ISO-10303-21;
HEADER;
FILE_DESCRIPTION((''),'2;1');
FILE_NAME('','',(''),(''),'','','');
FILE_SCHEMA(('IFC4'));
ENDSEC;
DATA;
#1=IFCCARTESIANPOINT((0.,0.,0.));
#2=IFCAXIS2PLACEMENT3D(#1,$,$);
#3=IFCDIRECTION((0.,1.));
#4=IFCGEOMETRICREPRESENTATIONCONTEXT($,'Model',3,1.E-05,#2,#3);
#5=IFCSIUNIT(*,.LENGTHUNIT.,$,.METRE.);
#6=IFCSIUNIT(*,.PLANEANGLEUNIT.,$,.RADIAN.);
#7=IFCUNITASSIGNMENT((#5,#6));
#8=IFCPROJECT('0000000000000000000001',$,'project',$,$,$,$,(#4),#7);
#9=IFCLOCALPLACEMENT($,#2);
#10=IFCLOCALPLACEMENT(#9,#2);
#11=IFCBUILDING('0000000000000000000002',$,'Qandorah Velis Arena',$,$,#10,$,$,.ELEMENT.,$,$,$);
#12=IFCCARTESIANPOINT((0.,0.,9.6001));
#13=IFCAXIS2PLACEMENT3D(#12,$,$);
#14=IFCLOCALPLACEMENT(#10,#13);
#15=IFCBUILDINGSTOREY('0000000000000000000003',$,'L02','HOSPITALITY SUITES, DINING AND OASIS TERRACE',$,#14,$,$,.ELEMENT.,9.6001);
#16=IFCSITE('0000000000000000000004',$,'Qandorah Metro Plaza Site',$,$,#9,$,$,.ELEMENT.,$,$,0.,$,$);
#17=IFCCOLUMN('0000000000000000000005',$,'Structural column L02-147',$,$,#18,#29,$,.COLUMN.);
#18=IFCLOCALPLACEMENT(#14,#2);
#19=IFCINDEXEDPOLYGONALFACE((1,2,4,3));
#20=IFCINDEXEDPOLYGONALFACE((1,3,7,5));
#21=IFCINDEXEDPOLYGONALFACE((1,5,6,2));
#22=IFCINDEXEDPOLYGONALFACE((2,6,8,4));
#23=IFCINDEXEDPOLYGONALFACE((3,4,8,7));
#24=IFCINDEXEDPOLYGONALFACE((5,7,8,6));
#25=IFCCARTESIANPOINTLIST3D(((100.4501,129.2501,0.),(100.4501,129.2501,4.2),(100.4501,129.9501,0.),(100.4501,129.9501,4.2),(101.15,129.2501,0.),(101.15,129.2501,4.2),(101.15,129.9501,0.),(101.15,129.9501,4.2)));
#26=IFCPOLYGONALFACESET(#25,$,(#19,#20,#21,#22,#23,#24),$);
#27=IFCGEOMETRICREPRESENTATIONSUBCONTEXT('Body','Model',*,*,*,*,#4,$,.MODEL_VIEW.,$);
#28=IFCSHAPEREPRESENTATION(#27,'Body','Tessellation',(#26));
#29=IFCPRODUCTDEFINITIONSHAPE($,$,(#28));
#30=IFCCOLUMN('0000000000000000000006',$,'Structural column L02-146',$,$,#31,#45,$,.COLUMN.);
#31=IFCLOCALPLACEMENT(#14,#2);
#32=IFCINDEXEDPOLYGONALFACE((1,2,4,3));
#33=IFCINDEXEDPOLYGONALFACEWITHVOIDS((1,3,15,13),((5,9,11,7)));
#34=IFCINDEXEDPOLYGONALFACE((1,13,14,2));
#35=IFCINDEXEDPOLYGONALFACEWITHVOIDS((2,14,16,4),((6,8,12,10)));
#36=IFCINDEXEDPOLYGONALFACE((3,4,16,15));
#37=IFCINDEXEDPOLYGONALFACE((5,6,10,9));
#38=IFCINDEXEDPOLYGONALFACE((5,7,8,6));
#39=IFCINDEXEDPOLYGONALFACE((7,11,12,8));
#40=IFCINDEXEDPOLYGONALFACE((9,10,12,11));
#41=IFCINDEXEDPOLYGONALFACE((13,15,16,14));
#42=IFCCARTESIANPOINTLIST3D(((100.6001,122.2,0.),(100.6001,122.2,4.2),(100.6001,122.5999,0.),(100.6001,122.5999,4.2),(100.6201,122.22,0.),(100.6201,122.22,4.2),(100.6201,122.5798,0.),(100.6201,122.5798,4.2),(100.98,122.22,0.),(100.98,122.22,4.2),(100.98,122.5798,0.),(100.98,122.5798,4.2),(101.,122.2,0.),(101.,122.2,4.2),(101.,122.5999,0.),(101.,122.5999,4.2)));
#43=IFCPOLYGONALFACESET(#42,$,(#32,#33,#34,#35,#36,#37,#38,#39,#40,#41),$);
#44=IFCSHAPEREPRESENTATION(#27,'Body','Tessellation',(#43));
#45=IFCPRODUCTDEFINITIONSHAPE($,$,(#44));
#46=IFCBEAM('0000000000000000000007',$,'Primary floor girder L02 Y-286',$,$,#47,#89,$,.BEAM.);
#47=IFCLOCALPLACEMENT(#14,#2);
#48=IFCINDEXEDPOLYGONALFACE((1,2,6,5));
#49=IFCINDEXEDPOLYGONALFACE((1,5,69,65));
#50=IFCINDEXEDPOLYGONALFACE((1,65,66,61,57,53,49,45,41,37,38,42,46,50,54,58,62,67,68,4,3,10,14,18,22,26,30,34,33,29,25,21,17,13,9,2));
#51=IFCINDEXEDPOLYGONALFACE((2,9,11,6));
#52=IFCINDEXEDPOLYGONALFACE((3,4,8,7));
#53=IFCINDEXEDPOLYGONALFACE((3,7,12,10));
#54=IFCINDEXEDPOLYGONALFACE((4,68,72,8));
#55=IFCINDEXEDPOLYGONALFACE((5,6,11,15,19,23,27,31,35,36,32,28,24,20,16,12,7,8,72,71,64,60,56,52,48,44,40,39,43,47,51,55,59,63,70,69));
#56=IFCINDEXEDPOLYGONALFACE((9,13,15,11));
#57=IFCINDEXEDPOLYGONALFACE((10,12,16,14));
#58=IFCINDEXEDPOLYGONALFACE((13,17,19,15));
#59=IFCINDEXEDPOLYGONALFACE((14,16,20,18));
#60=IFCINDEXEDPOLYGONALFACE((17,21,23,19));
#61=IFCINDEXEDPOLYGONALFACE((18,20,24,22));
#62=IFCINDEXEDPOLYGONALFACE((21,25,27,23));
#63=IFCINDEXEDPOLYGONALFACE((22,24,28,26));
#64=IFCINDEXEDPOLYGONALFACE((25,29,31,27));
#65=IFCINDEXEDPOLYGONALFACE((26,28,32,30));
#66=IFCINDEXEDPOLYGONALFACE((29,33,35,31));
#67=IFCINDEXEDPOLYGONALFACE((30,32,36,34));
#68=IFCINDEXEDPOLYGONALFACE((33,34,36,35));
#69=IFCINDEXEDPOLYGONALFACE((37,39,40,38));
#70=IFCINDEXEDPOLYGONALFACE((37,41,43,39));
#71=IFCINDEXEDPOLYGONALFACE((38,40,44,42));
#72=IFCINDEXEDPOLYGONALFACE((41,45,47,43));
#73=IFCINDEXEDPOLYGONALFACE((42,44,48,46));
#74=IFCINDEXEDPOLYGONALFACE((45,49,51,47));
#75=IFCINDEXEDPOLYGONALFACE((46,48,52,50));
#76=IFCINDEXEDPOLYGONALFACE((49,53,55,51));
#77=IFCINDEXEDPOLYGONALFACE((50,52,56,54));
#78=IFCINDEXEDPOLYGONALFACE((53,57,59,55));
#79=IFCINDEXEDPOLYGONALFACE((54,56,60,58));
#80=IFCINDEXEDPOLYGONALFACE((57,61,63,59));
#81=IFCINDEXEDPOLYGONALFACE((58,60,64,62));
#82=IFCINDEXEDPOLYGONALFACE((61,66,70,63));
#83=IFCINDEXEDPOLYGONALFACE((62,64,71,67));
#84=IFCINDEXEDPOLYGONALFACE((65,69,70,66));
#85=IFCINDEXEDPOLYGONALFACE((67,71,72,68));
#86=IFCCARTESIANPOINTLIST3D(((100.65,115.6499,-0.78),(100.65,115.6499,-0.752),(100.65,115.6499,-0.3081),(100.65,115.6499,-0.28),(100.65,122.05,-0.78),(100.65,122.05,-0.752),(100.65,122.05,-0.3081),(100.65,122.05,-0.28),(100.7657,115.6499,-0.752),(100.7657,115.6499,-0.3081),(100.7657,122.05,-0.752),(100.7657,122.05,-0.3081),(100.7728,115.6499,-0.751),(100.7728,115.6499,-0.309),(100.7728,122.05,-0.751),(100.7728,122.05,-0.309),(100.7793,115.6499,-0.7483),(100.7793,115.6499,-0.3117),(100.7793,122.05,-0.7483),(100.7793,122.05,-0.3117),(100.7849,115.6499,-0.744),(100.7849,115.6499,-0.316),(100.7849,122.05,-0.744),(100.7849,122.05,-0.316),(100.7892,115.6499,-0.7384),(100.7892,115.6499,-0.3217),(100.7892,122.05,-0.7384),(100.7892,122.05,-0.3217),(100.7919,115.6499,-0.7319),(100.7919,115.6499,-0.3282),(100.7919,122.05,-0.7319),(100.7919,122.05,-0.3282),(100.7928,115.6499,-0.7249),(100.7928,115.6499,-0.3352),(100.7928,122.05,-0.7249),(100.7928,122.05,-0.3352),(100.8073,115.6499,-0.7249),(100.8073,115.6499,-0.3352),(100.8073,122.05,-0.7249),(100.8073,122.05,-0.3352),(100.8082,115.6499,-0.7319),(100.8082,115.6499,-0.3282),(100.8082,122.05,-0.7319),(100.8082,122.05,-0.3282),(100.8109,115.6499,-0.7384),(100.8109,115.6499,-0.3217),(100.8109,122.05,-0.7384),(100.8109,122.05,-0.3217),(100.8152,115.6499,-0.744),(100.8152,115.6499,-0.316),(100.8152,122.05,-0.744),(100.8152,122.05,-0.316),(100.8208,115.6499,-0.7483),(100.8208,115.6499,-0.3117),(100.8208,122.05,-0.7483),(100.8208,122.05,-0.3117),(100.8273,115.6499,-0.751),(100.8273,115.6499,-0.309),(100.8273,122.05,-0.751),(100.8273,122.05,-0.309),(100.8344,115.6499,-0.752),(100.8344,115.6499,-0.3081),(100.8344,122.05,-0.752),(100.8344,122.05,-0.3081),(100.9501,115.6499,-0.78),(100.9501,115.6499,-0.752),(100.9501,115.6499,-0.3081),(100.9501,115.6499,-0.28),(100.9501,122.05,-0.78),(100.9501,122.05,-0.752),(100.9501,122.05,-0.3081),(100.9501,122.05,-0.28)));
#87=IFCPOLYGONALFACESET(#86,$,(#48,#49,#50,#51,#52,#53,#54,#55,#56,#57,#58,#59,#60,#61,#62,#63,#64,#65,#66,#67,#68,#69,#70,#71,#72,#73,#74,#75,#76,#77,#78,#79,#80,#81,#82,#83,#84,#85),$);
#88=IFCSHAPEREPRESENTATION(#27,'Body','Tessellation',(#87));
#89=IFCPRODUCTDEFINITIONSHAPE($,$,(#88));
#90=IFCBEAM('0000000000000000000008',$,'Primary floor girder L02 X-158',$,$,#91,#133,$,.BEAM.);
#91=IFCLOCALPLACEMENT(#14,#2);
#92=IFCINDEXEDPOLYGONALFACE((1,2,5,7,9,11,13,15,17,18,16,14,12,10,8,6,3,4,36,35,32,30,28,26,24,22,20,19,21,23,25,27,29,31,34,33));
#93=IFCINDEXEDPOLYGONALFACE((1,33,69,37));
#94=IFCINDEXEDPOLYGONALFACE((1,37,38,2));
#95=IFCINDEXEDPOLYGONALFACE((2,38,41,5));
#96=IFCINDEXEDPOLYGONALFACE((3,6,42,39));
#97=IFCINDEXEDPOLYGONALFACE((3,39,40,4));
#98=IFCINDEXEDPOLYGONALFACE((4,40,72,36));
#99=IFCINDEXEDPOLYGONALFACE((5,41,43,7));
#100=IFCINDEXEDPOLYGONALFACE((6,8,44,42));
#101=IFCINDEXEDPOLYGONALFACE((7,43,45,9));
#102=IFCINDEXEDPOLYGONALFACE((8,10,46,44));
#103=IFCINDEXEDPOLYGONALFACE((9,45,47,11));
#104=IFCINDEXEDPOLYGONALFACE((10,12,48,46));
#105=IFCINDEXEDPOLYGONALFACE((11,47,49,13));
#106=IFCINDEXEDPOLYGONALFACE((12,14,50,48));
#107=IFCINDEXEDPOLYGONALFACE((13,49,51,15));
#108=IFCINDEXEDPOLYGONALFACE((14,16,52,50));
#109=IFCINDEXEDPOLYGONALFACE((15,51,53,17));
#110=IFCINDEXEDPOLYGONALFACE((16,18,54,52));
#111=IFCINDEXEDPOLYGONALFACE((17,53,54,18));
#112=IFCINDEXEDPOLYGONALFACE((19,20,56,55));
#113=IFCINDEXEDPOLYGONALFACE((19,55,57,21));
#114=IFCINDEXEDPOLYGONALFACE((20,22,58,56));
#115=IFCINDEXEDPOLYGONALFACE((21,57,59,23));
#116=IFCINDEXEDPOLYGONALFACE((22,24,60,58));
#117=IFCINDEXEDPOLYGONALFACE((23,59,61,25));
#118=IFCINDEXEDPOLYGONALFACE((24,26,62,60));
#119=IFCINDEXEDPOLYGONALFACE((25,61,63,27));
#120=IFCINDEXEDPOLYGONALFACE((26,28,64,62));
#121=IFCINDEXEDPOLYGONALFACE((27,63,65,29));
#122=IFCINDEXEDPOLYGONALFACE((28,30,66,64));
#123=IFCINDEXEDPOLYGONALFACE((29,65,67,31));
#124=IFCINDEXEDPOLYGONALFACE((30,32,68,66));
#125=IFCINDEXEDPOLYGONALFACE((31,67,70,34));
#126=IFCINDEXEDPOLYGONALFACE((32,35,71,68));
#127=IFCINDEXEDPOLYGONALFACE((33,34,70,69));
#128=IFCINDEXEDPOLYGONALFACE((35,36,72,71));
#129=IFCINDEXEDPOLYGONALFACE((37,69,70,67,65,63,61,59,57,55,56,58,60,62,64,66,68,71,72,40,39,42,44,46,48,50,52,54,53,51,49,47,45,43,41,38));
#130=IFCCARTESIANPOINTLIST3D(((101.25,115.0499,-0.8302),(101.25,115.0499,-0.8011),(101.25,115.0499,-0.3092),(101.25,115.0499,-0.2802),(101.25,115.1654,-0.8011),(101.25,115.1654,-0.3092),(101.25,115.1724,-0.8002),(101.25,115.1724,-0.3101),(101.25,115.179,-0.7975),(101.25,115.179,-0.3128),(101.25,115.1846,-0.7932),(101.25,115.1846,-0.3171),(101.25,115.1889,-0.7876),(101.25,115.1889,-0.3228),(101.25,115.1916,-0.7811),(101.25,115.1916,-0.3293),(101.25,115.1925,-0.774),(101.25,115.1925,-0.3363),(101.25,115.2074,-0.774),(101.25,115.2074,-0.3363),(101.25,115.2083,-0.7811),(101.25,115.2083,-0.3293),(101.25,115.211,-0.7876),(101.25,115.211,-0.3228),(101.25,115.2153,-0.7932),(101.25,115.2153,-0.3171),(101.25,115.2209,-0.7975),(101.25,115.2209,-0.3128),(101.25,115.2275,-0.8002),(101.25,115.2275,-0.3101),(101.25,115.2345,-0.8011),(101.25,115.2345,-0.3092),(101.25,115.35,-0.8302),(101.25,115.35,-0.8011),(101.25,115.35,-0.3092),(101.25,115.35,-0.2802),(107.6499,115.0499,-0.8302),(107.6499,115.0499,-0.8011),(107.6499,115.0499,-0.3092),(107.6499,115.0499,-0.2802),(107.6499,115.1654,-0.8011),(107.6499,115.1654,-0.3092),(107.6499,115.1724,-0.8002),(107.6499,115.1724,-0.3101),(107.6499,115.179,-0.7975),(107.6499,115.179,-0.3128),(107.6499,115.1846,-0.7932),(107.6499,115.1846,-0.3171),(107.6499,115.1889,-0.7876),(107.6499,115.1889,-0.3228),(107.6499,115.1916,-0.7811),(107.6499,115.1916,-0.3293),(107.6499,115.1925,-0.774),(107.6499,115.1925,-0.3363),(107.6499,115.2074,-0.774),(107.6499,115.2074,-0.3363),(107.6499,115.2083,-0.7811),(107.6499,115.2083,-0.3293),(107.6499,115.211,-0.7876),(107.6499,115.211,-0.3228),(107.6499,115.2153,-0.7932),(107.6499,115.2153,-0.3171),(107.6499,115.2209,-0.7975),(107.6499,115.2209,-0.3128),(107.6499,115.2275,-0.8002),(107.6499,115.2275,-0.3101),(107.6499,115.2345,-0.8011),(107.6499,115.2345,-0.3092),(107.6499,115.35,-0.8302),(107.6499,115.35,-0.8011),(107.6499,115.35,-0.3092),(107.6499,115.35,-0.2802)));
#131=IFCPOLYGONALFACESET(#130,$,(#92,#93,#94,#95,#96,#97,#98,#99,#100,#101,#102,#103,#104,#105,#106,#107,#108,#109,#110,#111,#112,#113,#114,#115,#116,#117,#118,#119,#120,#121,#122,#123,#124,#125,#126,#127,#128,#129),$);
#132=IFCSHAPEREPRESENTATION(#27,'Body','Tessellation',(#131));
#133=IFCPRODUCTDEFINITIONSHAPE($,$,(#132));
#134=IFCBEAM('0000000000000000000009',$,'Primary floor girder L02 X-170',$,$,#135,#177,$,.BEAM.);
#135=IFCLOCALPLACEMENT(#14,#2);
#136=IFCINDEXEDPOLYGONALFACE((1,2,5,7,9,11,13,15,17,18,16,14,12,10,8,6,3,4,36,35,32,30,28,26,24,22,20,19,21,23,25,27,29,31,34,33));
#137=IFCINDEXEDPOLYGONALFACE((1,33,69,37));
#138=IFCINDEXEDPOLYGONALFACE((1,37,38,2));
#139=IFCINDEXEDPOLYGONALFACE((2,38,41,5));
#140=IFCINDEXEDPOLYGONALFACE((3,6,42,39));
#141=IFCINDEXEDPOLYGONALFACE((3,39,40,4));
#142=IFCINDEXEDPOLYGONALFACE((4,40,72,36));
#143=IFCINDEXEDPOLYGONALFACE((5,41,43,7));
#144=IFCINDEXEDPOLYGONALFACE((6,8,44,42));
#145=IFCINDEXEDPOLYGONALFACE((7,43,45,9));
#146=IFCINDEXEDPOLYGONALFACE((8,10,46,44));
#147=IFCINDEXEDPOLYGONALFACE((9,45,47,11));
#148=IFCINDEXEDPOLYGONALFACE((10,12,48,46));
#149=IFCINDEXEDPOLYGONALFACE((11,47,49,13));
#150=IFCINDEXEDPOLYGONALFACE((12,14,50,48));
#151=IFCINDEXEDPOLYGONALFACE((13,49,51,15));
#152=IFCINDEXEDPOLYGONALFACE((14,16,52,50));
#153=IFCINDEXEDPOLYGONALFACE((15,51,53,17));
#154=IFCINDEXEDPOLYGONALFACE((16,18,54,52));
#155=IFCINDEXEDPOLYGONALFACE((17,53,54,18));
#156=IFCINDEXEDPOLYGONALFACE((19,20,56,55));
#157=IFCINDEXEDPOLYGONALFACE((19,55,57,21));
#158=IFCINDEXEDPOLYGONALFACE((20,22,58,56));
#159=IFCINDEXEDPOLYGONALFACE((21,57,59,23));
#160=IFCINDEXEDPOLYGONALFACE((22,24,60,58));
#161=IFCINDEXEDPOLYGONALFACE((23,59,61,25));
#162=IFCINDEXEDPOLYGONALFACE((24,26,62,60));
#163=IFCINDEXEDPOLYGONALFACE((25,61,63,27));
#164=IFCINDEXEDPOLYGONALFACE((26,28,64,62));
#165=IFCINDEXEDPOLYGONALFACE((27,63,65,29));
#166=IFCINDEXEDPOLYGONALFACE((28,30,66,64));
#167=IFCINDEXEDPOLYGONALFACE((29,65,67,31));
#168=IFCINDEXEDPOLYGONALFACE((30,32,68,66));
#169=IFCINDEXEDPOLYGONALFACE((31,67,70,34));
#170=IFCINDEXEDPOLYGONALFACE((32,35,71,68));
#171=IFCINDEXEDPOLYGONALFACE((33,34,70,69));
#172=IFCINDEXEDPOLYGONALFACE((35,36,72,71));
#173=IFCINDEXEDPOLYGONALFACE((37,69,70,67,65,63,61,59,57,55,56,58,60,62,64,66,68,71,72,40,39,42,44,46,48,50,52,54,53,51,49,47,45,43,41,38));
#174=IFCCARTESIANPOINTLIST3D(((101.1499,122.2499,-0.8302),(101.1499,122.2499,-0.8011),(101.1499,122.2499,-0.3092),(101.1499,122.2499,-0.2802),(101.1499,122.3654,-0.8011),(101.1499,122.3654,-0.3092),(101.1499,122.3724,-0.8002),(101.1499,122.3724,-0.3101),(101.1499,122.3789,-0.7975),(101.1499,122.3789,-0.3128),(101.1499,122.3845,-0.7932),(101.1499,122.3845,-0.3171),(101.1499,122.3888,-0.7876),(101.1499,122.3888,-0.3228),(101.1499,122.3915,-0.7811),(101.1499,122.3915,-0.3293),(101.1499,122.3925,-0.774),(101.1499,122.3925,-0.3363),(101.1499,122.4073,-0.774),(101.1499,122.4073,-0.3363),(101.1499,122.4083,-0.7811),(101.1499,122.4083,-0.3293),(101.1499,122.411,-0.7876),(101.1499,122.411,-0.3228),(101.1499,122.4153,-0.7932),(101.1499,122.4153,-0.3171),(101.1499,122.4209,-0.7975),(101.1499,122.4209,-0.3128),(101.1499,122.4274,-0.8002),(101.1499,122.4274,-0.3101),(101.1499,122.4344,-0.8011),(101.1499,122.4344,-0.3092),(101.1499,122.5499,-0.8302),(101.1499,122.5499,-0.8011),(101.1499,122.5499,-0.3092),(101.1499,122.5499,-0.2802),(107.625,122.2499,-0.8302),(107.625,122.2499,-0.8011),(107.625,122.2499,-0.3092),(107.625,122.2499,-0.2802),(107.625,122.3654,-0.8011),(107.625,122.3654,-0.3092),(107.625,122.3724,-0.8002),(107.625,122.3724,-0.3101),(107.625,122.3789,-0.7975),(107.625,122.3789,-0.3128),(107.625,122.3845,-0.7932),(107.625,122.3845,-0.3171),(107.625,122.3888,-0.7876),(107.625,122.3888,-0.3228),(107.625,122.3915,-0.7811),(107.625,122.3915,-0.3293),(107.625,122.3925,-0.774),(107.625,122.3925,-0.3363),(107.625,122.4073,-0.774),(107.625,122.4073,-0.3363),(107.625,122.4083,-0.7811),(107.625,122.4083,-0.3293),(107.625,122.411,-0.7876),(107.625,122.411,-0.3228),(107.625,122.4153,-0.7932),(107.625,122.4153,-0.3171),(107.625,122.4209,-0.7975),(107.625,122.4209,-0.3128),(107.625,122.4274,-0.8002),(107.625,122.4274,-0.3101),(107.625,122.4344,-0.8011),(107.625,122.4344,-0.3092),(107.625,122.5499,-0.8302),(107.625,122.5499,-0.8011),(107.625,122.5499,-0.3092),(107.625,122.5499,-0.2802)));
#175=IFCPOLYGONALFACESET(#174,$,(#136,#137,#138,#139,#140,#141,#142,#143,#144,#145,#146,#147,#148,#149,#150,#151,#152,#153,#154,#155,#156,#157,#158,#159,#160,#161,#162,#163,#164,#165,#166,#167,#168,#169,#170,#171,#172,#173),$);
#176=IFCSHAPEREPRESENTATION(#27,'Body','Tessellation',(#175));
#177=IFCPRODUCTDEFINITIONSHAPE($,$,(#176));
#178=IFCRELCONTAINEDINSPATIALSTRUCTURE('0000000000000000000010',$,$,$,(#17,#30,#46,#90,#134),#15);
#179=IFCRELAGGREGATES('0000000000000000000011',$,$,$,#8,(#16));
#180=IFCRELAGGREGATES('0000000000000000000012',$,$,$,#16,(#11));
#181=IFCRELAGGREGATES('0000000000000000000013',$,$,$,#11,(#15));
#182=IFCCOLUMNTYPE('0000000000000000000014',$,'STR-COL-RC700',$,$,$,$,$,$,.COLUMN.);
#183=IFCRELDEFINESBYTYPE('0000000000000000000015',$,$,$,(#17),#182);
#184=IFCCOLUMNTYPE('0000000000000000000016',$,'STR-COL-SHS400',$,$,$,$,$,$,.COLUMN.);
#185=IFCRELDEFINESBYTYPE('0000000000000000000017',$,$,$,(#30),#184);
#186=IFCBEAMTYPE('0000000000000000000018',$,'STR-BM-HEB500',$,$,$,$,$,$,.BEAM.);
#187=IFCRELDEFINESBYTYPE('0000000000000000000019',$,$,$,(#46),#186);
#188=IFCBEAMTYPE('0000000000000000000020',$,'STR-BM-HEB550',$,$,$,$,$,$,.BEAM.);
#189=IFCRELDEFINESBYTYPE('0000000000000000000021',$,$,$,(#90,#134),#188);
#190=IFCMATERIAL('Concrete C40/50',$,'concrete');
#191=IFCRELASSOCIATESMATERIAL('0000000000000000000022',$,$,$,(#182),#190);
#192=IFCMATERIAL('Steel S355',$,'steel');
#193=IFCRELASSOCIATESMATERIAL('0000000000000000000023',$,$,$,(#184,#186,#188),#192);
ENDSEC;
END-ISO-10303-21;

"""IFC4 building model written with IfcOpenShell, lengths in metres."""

from ifc_helpers import new_model, si_unit, direction, frame, origin, origin_2d, place, context, subcontext, project, spatial, rectangle, hollow_rectangle, i_section, extrude, material, material_profile, profile_set, type_object, element, save


model = new_model("IFC4")

# Units and contexts
model_context = context("Model", 3, precision=1e-05, world=origin(), true_north=direction((0.0, 1.0)))
body_context = subcontext(model_context, "Body", "Model", "MODEL_VIEW")
ifc_project = project(units=[si_unit("LENGTHUNIT", "METRE"), si_unit("PLANEANGLEUNIT", "RADIAN")], contexts=[model_context])

# Site, building, storey
site_placement = place(None, origin())
site = spatial("IfcSite", under=ifc_project, at=site_placement, Name="Qandorah Metro Plaza Site", CompositionType="ELEMENT", RefElevation=0.0)
building_placement = place(site_placement, origin())
building = spatial("IfcBuilding", under=site, at=building_placement, Name="Qandorah Velis Arena", CompositionType="ELEMENT")
storey_placement = place(building_placement, frame((0.0, 0.0, 9.6001)))
storey = spatial("IfcBuildingStorey", under=building, at=storey_placement, Name="L02", Description="HOSPITALITY SUITES, DINING AND OASIS TERRACE", CompositionType="ELEMENT", Elevation=9.6001)

# Columns
ifc_material_1 = material(Name="Concrete C40/50", Category="concrete")
ifc_material_profile_1 = material_profile(ifc_material_1, rectangle(XDim=0.7, YDim=0.7, at=origin_2d()), Name="RC COL 700x700")
ifc_profile_set_1 = profile_set([ifc_material_profile_1], Name="Concrete C40/50")
column_type_1 = type_object("IfcColumnType", Name="STR-COL-RC700", PredefinedType="COLUMN", material=ifc_profile_set_1)
column_1_placement = place(storey_placement, frame((100.8, 129.6001, 0.0), z_axis=(0.0, 0.0, 1.0), x_axis=(1.0, 0.0, 0.0)))
element("IfcColumn", 1, at=column_1_placement, inside=storey, type_object=column_type_1, Name="Structural column L02-147", PredefinedType="COLUMN", context=body_context, shape_type="SweptSolid", body=[
    extrude(rectangle(XDim=0.7, YDim=0.7, at=origin_2d()), origin(), (0.0, 0.0, 1.0), 4.2),
])
ifc_material_2 = material(Name="Steel S355", Category="steel")
ifc_material_profile_2 = material_profile(ifc_material_2, hollow_rectangle(XDim=0.3999, YDim=0.3999, WallThickness=0.02, at=origin_2d()), Name="SHS 400x400x20")
ifc_profile_set_2 = profile_set([ifc_material_profile_2], Name="Steel S355")
column_type_2 = type_object("IfcColumnType", Name="STR-COL-SHS400", PredefinedType="COLUMN", material=ifc_profile_set_2)
column_2_placement = place(storey_placement, frame((100.8, 122.3999, 0.0), z_axis=(0.0, 0.0, 1.0), x_axis=(1.0, 0.0, 0.0)))
element("IfcColumn", 2, at=column_2_placement, inside=storey, type_object=column_type_2, Name="Structural column L02-146", PredefinedType="COLUMN", context=body_context, shape_type="SweptSolid", body=[
    extrude(hollow_rectangle(XDim=0.3999, YDim=0.3999, WallThickness=0.02, at=origin_2d()), origin(), (0.0, 0.0, 1.0), 4.2),
])

# Beams
ifc_material_profile_3 = material_profile(ifc_material_2, i_section(OverallWidth=0.3, OverallDepth=0.5, WebThickness=0.0144, FlangeThickness=0.0281, FilletRadius=0.0271, at=origin_2d()), Name="HEB 500")
ifc_profile_set_3 = profile_set([ifc_material_profile_3], Name="Steel S355")
beam_type_1 = type_object("IfcBeamType", Name="STR-BM-HEB500", PredefinedType="BEAM", material=ifc_profile_set_3)
beam_1_placement = place(storey_placement, frame((100.8, 115.6499, -0.53), z_axis=(0.0, 1.0, 0.0), x_axis=(-1.0, 0.0, 0.0)))
element("IfcBeam", 3, at=beam_1_placement, inside=storey, type_object=beam_type_1, Name="Primary floor girder L02 Y-286", PredefinedType="BEAM", context=body_context, shape_type="SweptSolid", body=[
    extrude(i_section(OverallWidth=0.3, OverallDepth=0.5, WebThickness=0.0144, FlangeThickness=0.0281, FilletRadius=0.0271, at=origin_2d()), origin(), (0.0, 0.0, 1.0), 6.4001),
])
ifc_material_profile_4 = material_profile(ifc_material_2, i_section(OverallWidth=0.3, OverallDepth=0.55, WebThickness=0.0149, FlangeThickness=0.0291, FilletRadius=0.0271, at=origin_2d()), Name="HEB 550")
ifc_profile_set_4 = profile_set([ifc_material_profile_4], Name="Steel S355")
beam_type_2 = type_object("IfcBeamType", Name="STR-BM-HEB550", PredefinedType="BEAM", material=ifc_profile_set_4)
beam_2_placement = place(storey_placement, frame((101.25, 115.2, -0.5552), z_axis=(1.0, 0.0, 0.0), x_axis=(0.0, 1.0, 0.0)))
element("IfcBeam", 4, at=beam_2_placement, inside=storey, type_object=beam_type_2, Name="Primary floor girder L02 X-158", PredefinedType="BEAM", context=body_context, shape_type="SweptSolid", body=[
    extrude(i_section(OverallWidth=0.3, OverallDepth=0.55, WebThickness=0.0149, FlangeThickness=0.0291, FilletRadius=0.0271, at=origin_2d()), origin(), (0.0, 0.0, 1.0), 6.3999),
])
beam_3_placement = place(storey_placement, frame((101.1499, 122.3999, -0.5552), z_axis=(1.0, 0.0, 0.0), x_axis=(0.0, 1.0, 0.0)))
element("IfcBeam", 5, at=beam_3_placement, inside=storey, type_object=beam_type_2, Name="Primary floor girder L02 X-170", PredefinedType="BEAM", context=body_context, shape_type="SweptSolid", body=[
    extrude(i_section(OverallWidth=0.3, OverallDepth=0.55, WebThickness=0.0149, FlangeThickness=0.0291, FilletRadius=0.0271, at=origin_2d()), origin(), (0.0, 0.0, 1.0), 6.4751),
])

save(model, "model.ifc")
